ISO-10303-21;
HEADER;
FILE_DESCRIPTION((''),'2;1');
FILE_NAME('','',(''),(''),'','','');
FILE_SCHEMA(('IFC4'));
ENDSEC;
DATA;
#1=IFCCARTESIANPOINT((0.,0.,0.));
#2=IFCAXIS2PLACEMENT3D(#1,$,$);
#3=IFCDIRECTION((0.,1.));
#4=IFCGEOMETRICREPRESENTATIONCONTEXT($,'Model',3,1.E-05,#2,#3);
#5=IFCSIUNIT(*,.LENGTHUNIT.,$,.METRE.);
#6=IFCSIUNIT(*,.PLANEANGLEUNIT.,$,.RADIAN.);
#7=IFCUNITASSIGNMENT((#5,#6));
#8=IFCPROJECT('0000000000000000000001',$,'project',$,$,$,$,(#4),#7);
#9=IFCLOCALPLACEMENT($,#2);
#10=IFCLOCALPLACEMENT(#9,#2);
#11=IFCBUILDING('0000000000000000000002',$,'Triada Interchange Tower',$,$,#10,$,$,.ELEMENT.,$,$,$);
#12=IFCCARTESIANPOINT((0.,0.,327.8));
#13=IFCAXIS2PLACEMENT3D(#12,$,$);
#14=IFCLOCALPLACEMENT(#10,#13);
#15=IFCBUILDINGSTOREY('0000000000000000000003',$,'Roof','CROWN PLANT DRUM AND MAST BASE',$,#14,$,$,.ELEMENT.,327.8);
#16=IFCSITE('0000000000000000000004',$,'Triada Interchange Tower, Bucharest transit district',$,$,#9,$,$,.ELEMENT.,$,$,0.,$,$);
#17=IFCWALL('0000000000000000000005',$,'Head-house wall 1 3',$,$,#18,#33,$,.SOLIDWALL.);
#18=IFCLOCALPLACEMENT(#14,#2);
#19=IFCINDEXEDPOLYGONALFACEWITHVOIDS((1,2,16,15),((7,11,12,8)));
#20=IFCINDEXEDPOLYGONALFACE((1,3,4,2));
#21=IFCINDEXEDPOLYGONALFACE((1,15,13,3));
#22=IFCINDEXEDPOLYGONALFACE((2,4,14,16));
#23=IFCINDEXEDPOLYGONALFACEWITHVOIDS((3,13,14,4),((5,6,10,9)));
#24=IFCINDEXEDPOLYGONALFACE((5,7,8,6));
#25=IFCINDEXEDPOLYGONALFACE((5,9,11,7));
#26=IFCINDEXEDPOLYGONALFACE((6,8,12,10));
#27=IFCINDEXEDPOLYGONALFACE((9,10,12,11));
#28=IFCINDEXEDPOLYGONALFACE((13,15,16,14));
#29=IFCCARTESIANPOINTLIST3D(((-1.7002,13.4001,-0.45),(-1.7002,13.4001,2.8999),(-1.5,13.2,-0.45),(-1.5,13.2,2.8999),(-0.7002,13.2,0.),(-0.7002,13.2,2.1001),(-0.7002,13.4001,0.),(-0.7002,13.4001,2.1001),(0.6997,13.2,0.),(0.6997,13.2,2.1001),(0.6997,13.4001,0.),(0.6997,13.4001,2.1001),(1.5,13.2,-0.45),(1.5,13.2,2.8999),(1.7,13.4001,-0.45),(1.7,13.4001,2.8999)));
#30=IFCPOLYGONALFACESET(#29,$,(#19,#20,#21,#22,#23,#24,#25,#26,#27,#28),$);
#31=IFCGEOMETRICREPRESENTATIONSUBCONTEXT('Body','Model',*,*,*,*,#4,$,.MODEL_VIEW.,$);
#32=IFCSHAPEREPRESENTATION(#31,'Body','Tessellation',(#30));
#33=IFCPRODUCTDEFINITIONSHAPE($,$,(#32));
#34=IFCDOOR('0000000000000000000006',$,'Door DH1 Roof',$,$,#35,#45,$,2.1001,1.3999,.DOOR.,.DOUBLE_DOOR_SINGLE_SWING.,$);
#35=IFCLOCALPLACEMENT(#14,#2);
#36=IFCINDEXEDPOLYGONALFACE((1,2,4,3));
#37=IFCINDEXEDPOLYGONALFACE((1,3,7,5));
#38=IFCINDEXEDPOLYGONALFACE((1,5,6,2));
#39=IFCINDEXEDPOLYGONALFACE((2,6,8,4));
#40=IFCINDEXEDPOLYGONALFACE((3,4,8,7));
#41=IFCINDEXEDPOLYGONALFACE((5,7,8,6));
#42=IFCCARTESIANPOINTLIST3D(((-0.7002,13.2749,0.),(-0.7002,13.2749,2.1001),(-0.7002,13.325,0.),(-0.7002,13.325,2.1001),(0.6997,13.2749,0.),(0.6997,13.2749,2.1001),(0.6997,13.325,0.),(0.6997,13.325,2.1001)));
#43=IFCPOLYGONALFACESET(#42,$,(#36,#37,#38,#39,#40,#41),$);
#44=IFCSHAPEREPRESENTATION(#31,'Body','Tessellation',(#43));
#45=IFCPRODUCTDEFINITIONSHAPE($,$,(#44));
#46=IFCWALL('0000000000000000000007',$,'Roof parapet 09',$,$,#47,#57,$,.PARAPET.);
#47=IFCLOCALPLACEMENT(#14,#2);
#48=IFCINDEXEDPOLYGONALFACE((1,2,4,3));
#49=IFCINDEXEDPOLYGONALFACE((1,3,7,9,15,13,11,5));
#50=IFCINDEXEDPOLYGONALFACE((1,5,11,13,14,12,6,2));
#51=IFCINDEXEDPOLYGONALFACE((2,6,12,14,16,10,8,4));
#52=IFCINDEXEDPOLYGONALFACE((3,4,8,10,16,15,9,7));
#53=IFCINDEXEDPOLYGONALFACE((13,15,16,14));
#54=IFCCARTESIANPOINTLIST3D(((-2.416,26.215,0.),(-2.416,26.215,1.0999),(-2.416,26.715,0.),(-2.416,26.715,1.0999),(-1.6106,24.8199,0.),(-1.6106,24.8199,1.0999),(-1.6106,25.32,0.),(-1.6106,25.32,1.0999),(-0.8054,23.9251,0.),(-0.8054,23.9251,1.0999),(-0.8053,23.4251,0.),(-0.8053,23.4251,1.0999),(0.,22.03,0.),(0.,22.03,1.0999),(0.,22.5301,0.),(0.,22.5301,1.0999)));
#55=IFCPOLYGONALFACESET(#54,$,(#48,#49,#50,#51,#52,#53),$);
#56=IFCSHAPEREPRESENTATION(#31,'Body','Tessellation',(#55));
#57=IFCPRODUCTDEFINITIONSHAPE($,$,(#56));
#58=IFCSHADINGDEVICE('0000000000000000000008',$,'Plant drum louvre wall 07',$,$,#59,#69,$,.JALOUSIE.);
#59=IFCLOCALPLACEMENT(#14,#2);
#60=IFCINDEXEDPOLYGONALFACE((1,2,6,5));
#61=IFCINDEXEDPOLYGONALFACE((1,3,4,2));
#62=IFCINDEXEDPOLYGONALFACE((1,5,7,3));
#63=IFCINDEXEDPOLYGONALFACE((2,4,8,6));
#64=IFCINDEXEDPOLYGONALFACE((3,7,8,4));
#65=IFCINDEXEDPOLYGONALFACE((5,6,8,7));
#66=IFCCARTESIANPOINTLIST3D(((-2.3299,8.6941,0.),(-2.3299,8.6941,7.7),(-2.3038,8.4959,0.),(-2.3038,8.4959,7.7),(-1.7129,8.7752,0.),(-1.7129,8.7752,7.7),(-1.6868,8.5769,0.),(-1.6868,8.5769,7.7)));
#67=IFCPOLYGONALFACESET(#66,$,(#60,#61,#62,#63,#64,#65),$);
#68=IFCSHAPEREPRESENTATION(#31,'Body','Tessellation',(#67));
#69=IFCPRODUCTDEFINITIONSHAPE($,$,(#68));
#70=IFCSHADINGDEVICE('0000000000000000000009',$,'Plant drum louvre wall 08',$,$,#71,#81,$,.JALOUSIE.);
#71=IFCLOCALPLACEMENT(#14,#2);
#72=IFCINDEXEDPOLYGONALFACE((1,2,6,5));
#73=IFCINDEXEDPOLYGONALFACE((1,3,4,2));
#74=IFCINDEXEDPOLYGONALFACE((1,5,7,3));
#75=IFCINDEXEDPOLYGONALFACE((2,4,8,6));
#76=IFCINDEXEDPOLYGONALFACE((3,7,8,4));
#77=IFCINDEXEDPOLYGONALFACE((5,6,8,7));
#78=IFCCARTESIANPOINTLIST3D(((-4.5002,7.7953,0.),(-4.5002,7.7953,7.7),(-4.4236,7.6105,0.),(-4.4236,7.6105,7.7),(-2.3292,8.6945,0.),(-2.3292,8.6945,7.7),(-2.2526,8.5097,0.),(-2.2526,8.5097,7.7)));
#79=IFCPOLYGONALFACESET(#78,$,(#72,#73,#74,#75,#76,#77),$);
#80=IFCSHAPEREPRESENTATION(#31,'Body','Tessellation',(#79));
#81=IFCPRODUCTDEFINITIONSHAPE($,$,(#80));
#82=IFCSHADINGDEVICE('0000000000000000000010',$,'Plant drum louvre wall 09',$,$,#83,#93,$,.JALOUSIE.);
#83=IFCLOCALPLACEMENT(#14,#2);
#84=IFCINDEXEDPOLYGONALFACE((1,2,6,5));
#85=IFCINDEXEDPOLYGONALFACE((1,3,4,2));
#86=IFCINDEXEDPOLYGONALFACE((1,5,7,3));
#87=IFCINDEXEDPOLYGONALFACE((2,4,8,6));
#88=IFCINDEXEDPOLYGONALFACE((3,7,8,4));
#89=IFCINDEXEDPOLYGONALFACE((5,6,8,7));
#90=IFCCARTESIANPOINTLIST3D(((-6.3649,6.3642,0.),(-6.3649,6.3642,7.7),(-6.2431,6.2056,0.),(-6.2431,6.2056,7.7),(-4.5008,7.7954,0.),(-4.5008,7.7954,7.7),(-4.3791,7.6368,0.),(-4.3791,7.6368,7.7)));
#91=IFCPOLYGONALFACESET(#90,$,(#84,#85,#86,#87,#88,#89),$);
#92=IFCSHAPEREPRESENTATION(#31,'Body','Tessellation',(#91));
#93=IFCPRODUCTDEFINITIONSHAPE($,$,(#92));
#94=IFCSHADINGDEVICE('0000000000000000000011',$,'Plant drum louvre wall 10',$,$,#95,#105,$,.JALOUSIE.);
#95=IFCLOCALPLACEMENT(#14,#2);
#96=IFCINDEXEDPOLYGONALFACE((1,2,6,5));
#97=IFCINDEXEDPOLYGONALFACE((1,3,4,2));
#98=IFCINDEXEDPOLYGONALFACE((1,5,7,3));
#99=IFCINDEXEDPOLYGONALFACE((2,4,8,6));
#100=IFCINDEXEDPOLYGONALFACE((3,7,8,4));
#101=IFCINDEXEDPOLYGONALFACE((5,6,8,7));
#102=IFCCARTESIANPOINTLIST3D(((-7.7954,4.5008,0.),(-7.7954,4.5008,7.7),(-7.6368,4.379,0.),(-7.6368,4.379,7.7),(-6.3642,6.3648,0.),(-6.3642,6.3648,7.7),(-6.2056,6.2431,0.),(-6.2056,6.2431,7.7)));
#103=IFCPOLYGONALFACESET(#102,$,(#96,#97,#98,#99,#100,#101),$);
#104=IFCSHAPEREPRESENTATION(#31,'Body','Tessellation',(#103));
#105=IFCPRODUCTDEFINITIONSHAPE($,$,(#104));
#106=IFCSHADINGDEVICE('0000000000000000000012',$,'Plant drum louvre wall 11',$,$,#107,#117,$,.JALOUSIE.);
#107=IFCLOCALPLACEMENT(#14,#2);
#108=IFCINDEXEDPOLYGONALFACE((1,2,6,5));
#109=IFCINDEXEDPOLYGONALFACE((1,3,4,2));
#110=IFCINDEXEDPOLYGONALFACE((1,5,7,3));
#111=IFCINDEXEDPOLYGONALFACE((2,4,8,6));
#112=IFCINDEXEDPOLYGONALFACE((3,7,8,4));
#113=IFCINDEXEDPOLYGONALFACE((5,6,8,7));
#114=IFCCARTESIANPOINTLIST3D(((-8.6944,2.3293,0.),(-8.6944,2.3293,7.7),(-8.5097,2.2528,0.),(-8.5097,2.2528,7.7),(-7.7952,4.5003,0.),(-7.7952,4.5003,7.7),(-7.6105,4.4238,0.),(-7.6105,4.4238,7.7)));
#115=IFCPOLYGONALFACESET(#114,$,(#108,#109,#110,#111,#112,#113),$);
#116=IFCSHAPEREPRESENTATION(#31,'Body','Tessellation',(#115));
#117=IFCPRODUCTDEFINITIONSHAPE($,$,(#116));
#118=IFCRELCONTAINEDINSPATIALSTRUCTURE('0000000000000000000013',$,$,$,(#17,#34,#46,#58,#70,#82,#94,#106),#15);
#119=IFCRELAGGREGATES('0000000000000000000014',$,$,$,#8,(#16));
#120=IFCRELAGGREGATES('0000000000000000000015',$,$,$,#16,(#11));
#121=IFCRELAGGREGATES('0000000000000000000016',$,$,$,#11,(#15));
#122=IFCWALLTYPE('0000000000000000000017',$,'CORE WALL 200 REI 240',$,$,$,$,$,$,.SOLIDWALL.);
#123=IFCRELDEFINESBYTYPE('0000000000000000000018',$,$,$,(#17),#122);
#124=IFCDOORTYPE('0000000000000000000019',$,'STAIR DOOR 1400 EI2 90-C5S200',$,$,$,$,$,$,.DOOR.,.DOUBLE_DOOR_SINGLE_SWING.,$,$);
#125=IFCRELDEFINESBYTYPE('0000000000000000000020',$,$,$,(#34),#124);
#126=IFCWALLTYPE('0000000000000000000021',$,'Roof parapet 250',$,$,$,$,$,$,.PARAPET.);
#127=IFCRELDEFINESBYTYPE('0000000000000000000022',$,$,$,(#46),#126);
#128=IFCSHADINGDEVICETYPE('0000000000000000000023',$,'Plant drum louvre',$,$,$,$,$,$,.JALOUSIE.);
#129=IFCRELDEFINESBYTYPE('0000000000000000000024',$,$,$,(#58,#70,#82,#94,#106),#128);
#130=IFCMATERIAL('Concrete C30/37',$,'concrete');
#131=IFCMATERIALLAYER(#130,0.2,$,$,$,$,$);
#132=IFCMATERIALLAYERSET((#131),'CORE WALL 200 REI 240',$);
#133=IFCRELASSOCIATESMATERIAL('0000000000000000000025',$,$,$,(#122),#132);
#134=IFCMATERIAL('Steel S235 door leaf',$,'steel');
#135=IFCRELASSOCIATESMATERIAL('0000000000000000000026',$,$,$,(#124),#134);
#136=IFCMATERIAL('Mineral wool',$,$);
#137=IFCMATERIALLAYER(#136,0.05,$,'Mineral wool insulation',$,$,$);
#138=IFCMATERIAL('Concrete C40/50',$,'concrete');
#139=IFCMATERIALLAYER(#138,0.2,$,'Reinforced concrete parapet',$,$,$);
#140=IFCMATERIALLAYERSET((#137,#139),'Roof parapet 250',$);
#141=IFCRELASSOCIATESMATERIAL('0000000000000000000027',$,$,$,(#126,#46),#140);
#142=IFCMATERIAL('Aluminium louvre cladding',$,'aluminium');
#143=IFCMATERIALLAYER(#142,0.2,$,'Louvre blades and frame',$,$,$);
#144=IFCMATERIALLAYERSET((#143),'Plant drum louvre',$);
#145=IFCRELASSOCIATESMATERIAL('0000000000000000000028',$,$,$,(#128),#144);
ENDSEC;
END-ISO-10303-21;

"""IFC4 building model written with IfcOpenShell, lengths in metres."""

from ifc_helpers import new_model, si_unit, direction, frame, frame_2d, origin, place, context, subcontext, project, spatial, polyline, rectangle, outline, extrude, material, layer, layer_set, layer_usage, type_object, element, fill, save


model = new_model("IFC4")

# Units and contexts
model_context = context("Model", 3, precision=1e-05, world=origin(), true_north=direction((0.0, 1.0)))
body_context = subcontext(model_context, "Body", "Model", "MODEL_VIEW")
ifc_project = project(units=[si_unit("LENGTHUNIT", "METRE"), si_unit("PLANEANGLEUNIT", "RADIAN")], contexts=[model_context])

# Site, building, storey
site_placement = place(None, origin())
site = spatial("IfcSite", under=ifc_project, at=site_placement, Name="Triada Interchange Tower, Bucharest transit district", CompositionType="ELEMENT", RefElevation=0.0)
building_placement = place(site_placement, origin())
building = spatial("IfcBuilding", under=site, at=building_placement, Name="Triada Interchange Tower", CompositionType="ELEMENT")
storey_placement = place(building_placement, frame((0.0, 0.0, 327.8)))
storey = spatial("IfcBuildingStorey", under=building, at=storey_placement, Name="Roof", Description="CROWN PLANT DRUM AND MAST BASE", CompositionType="ELEMENT", Elevation=327.8)

# Shared definitions
ifc_material_1 = material(Name="Concrete C30/37", Category="concrete")
ifc_material_2 = material(Name="Steel S235 door leaf", Category="steel")

# Shared definitions
ifc_layer_1 = layer(ifc_material_1, 0.2)
ifc_layer_set_1 = layer_set([ifc_layer_1], Name="CORE WALL 200 REI 240")
wall_type_1 = type_object("IfcWallType", Name="CORE WALL 200 REI 240", PredefinedType="SOLIDWALL", material=ifc_layer_set_1)

# Wall, opening, door
wall_1_placement = place(storey_placement, frame((-1.6001, 13.3, -0.45), z_axis=(0.0, 0.0, 1.0), x_axis=(1.0, 0.0, 0.0)))
wall_1 = element("IfcWall", 1, at=wall_1_placement, inside=storey, type_object=wall_type_1, Name="Head-house wall 1 3", PredefinedType="SOLIDWALL", context=body_context, shape_type="SweptSolid", body=[
    extrude(outline(polyline([(-0.1001, 0.1001), (1.6001, 0.1001), (3.3, 0.1001), (3.1001, -0.1001), (1.6001, -0.1001), (0.1001, -0.1001), (-0.1001, 0.1001)])), origin(), (0.0, 0.0, 1.0), 3.3499),
])
opening_1_placement = place(wall_1_placement, frame((0.8999, 0.0, 0.45)))
opening_1 = element("IfcOpeningElement", 2, at=opening_1_placement, cuts=wall_1, PredefinedType="OPENING", context=body_context, shape_type="SweptSolid", body=[
    extrude(rectangle(XDim=1.3999, YDim=2.1001, at=frame_2d((0.7, 1.05))), frame((0.0, 0.1101, 0.0), z_axis=(0.0, -1.0, 0.0), x_axis=(1.0, 0.0, 0.0)), (0.0, 0.0, 1.0), 0.2202),
])
door_type_1 = type_object("IfcDoorType", Name="STAIR DOOR 1400 EI2 90-C5S200", OperationType="DOUBLE_DOOR_SINGLE_SWING", PredefinedType="DOOR", material=ifc_material_2)
door_1_placement = place(opening_1_placement, origin())
door_1 = element("IfcDoor", 3, at=door_1_placement, inside=storey, type_object=door_type_1, Name="Door DH1 Roof", OperationType="DOUBLE_DOOR_SINGLE_SWING", OverallHeight=2.1001, OverallWidth=1.3999, PredefinedType="DOOR", context=body_context, shape_type="SweptSolid", body=[
    extrude(rectangle(XDim=1.3999, YDim=2.1001, at=frame_2d((0.7, 1.05))), frame((0.0, 0.0249, 0.0), z_axis=(0.0, -1.0, 0.0), x_axis=(1.0, 0.0, 0.0)), (0.0, 0.0, 1.0), 0.05),
])
fill(opening_1, door_1)

# Wall
ifc_material_3 = material(Name="Mineral wool")
ifc_layer_2 = layer(ifc_material_3, 0.05, Name="Mineral wool insulation")
ifc_material_4 = material(Name="Concrete C40/50", Category="concrete")
ifc_layer_3 = layer(ifc_material_4, 0.2, Name="Reinforced concrete parapet")
ifc_layer_set_2 = layer_set([ifc_layer_2, ifc_layer_3], Name="Roof parapet 250")
ifc_layer_usage = layer_usage(ifc_layer_set_2, "AXIS2", "POSITIVE", -0.125)
wall_type_2 = type_object("IfcWallType", Name="Roof parapet 250", PredefinedType="PARAPET", material=ifc_layer_set_2)
wall_2_placement = place(storey_placement, frame((0.0, 22.28, 0.0), z_axis=(0.0, 0.0, 1.0), x_axis=(-0.499964, 0.866046, 0.0)))
element("IfcWall", 4, at=wall_2_placement, inside=storey, type_object=wall_type_2, material=ifc_layer_usage, Name="Roof parapet 09", PredefinedType="PARAPET", context=body_context, shape_type="SweptSolid", body=[
    extrude(outline(polyline([(0.2166, -0.125), (1.8274, -0.125), (3.438, -0.125), (5.0488, -0.125), (4.6157, 0.125), (3.0049, 0.125), (1.3943, 0.125), (-0.2166, 0.125), (0.2166, -0.125)])), origin(), (0.0, 0.0, 1.0), 1.0999),
])

# Shading devices
ifc_material_5 = material(Name="Aluminium louvre cladding", Category="aluminium")
ifc_layer_4 = layer(ifc_material_5, 0.2, Name="Louvre blades and frame")
ifc_layer_set_3 = layer_set([ifc_layer_4], Name="Plant drum louvre")
shading_device_type = type_object("IfcShadingDeviceType", Name="Plant drum louvre", PredefinedType="JALOUSIE", material=ifc_layer_set_3)
shading_device_1_placement = place(storey_placement, frame((-1.7, 8.676, 0.0), z_axis=(0.0, 0.0, 1.0), x_axis=(-0.99148, -0.130262, 0.0)))
element("IfcShadingDevice", 5, at=shading_device_1_placement, inside=storey, type_object=shading_device_type, Name="Plant drum louvre wall 07", PredefinedType="JALOUSIE", context=body_context, shape_type="SweptSolid", body=[
    extrude(rectangle(XDim=0.6223, YDim=0.2, at=frame_2d((0.311, 0.0))), origin(), (0.0, 0.0, 1.0), 7.7),
])
shading_device_2_placement = place(storey_placement, frame((-2.291, 8.6021, 0.0), z_axis=(0.0, 0.0, 1.0), x_axis=(-0.923886, -0.382667, 0.0)))
element("IfcShadingDevice", 6, at=shading_device_2_placement, inside=storey, type_object=shading_device_type, Name="Plant drum louvre wall 08", PredefinedType="JALOUSIE", context=body_context, shape_type="SweptSolid", body=[
    extrude(rectangle(XDim=2.3499, YDim=0.2, at=frame_2d((1.1748, 0.0))), origin(), (0.0, 0.0, 1.0), 7.7),
])
for number, where, z_axis, x_axis, name in (
    (7, (-4.4399, 7.7161, 0.0), (0.0, 0.0, 1.0), (-0.79318, -0.608988, 0.0), "Plant drum louvre wall 09"),
    (8, (-6.2849, 6.304, 0.0), (0.0, 0.0, 1.0), (-0.608988, -0.79318, 0.0), "Plant drum louvre wall 10"),
):
    element("IfcShadingDevice", number, at=place(storey_placement, frame(where, z_axis=z_axis, x_axis=x_axis)), inside=storey, type_object=shading_device_type, Name=name, PredefinedType="JALOUSIE", context=body_context, shape_type="SweptSolid", body=[
        extrude(rectangle(XDim=2.3501, YDim=0.2, at=frame_2d((1.175, 0.0))), origin(), (0.0, 0.0, 1.0), 7.7),
    ])
shading_device_3_placement = place(storey_placement, frame((-7.7029, 4.4619, 0.0), z_axis=(0.0, 0.0, 1.0), x_axis=(-0.382667, -0.923886, 0.0)))
element("IfcShadingDevice", 9, at=shading_device_3_placement, inside=storey, type_object=shading_device_type, Name="Plant drum louvre wall 11", PredefinedType="JALOUSIE", context=body_context, shape_type="SweptSolid", body=[
    extrude(rectangle(XDim=2.3499, YDim=0.2, at=frame_2d((1.1748, 0.0))), origin(), (0.0, 0.0, 1.0), 7.7),
])

save(model, "model.ifc")
